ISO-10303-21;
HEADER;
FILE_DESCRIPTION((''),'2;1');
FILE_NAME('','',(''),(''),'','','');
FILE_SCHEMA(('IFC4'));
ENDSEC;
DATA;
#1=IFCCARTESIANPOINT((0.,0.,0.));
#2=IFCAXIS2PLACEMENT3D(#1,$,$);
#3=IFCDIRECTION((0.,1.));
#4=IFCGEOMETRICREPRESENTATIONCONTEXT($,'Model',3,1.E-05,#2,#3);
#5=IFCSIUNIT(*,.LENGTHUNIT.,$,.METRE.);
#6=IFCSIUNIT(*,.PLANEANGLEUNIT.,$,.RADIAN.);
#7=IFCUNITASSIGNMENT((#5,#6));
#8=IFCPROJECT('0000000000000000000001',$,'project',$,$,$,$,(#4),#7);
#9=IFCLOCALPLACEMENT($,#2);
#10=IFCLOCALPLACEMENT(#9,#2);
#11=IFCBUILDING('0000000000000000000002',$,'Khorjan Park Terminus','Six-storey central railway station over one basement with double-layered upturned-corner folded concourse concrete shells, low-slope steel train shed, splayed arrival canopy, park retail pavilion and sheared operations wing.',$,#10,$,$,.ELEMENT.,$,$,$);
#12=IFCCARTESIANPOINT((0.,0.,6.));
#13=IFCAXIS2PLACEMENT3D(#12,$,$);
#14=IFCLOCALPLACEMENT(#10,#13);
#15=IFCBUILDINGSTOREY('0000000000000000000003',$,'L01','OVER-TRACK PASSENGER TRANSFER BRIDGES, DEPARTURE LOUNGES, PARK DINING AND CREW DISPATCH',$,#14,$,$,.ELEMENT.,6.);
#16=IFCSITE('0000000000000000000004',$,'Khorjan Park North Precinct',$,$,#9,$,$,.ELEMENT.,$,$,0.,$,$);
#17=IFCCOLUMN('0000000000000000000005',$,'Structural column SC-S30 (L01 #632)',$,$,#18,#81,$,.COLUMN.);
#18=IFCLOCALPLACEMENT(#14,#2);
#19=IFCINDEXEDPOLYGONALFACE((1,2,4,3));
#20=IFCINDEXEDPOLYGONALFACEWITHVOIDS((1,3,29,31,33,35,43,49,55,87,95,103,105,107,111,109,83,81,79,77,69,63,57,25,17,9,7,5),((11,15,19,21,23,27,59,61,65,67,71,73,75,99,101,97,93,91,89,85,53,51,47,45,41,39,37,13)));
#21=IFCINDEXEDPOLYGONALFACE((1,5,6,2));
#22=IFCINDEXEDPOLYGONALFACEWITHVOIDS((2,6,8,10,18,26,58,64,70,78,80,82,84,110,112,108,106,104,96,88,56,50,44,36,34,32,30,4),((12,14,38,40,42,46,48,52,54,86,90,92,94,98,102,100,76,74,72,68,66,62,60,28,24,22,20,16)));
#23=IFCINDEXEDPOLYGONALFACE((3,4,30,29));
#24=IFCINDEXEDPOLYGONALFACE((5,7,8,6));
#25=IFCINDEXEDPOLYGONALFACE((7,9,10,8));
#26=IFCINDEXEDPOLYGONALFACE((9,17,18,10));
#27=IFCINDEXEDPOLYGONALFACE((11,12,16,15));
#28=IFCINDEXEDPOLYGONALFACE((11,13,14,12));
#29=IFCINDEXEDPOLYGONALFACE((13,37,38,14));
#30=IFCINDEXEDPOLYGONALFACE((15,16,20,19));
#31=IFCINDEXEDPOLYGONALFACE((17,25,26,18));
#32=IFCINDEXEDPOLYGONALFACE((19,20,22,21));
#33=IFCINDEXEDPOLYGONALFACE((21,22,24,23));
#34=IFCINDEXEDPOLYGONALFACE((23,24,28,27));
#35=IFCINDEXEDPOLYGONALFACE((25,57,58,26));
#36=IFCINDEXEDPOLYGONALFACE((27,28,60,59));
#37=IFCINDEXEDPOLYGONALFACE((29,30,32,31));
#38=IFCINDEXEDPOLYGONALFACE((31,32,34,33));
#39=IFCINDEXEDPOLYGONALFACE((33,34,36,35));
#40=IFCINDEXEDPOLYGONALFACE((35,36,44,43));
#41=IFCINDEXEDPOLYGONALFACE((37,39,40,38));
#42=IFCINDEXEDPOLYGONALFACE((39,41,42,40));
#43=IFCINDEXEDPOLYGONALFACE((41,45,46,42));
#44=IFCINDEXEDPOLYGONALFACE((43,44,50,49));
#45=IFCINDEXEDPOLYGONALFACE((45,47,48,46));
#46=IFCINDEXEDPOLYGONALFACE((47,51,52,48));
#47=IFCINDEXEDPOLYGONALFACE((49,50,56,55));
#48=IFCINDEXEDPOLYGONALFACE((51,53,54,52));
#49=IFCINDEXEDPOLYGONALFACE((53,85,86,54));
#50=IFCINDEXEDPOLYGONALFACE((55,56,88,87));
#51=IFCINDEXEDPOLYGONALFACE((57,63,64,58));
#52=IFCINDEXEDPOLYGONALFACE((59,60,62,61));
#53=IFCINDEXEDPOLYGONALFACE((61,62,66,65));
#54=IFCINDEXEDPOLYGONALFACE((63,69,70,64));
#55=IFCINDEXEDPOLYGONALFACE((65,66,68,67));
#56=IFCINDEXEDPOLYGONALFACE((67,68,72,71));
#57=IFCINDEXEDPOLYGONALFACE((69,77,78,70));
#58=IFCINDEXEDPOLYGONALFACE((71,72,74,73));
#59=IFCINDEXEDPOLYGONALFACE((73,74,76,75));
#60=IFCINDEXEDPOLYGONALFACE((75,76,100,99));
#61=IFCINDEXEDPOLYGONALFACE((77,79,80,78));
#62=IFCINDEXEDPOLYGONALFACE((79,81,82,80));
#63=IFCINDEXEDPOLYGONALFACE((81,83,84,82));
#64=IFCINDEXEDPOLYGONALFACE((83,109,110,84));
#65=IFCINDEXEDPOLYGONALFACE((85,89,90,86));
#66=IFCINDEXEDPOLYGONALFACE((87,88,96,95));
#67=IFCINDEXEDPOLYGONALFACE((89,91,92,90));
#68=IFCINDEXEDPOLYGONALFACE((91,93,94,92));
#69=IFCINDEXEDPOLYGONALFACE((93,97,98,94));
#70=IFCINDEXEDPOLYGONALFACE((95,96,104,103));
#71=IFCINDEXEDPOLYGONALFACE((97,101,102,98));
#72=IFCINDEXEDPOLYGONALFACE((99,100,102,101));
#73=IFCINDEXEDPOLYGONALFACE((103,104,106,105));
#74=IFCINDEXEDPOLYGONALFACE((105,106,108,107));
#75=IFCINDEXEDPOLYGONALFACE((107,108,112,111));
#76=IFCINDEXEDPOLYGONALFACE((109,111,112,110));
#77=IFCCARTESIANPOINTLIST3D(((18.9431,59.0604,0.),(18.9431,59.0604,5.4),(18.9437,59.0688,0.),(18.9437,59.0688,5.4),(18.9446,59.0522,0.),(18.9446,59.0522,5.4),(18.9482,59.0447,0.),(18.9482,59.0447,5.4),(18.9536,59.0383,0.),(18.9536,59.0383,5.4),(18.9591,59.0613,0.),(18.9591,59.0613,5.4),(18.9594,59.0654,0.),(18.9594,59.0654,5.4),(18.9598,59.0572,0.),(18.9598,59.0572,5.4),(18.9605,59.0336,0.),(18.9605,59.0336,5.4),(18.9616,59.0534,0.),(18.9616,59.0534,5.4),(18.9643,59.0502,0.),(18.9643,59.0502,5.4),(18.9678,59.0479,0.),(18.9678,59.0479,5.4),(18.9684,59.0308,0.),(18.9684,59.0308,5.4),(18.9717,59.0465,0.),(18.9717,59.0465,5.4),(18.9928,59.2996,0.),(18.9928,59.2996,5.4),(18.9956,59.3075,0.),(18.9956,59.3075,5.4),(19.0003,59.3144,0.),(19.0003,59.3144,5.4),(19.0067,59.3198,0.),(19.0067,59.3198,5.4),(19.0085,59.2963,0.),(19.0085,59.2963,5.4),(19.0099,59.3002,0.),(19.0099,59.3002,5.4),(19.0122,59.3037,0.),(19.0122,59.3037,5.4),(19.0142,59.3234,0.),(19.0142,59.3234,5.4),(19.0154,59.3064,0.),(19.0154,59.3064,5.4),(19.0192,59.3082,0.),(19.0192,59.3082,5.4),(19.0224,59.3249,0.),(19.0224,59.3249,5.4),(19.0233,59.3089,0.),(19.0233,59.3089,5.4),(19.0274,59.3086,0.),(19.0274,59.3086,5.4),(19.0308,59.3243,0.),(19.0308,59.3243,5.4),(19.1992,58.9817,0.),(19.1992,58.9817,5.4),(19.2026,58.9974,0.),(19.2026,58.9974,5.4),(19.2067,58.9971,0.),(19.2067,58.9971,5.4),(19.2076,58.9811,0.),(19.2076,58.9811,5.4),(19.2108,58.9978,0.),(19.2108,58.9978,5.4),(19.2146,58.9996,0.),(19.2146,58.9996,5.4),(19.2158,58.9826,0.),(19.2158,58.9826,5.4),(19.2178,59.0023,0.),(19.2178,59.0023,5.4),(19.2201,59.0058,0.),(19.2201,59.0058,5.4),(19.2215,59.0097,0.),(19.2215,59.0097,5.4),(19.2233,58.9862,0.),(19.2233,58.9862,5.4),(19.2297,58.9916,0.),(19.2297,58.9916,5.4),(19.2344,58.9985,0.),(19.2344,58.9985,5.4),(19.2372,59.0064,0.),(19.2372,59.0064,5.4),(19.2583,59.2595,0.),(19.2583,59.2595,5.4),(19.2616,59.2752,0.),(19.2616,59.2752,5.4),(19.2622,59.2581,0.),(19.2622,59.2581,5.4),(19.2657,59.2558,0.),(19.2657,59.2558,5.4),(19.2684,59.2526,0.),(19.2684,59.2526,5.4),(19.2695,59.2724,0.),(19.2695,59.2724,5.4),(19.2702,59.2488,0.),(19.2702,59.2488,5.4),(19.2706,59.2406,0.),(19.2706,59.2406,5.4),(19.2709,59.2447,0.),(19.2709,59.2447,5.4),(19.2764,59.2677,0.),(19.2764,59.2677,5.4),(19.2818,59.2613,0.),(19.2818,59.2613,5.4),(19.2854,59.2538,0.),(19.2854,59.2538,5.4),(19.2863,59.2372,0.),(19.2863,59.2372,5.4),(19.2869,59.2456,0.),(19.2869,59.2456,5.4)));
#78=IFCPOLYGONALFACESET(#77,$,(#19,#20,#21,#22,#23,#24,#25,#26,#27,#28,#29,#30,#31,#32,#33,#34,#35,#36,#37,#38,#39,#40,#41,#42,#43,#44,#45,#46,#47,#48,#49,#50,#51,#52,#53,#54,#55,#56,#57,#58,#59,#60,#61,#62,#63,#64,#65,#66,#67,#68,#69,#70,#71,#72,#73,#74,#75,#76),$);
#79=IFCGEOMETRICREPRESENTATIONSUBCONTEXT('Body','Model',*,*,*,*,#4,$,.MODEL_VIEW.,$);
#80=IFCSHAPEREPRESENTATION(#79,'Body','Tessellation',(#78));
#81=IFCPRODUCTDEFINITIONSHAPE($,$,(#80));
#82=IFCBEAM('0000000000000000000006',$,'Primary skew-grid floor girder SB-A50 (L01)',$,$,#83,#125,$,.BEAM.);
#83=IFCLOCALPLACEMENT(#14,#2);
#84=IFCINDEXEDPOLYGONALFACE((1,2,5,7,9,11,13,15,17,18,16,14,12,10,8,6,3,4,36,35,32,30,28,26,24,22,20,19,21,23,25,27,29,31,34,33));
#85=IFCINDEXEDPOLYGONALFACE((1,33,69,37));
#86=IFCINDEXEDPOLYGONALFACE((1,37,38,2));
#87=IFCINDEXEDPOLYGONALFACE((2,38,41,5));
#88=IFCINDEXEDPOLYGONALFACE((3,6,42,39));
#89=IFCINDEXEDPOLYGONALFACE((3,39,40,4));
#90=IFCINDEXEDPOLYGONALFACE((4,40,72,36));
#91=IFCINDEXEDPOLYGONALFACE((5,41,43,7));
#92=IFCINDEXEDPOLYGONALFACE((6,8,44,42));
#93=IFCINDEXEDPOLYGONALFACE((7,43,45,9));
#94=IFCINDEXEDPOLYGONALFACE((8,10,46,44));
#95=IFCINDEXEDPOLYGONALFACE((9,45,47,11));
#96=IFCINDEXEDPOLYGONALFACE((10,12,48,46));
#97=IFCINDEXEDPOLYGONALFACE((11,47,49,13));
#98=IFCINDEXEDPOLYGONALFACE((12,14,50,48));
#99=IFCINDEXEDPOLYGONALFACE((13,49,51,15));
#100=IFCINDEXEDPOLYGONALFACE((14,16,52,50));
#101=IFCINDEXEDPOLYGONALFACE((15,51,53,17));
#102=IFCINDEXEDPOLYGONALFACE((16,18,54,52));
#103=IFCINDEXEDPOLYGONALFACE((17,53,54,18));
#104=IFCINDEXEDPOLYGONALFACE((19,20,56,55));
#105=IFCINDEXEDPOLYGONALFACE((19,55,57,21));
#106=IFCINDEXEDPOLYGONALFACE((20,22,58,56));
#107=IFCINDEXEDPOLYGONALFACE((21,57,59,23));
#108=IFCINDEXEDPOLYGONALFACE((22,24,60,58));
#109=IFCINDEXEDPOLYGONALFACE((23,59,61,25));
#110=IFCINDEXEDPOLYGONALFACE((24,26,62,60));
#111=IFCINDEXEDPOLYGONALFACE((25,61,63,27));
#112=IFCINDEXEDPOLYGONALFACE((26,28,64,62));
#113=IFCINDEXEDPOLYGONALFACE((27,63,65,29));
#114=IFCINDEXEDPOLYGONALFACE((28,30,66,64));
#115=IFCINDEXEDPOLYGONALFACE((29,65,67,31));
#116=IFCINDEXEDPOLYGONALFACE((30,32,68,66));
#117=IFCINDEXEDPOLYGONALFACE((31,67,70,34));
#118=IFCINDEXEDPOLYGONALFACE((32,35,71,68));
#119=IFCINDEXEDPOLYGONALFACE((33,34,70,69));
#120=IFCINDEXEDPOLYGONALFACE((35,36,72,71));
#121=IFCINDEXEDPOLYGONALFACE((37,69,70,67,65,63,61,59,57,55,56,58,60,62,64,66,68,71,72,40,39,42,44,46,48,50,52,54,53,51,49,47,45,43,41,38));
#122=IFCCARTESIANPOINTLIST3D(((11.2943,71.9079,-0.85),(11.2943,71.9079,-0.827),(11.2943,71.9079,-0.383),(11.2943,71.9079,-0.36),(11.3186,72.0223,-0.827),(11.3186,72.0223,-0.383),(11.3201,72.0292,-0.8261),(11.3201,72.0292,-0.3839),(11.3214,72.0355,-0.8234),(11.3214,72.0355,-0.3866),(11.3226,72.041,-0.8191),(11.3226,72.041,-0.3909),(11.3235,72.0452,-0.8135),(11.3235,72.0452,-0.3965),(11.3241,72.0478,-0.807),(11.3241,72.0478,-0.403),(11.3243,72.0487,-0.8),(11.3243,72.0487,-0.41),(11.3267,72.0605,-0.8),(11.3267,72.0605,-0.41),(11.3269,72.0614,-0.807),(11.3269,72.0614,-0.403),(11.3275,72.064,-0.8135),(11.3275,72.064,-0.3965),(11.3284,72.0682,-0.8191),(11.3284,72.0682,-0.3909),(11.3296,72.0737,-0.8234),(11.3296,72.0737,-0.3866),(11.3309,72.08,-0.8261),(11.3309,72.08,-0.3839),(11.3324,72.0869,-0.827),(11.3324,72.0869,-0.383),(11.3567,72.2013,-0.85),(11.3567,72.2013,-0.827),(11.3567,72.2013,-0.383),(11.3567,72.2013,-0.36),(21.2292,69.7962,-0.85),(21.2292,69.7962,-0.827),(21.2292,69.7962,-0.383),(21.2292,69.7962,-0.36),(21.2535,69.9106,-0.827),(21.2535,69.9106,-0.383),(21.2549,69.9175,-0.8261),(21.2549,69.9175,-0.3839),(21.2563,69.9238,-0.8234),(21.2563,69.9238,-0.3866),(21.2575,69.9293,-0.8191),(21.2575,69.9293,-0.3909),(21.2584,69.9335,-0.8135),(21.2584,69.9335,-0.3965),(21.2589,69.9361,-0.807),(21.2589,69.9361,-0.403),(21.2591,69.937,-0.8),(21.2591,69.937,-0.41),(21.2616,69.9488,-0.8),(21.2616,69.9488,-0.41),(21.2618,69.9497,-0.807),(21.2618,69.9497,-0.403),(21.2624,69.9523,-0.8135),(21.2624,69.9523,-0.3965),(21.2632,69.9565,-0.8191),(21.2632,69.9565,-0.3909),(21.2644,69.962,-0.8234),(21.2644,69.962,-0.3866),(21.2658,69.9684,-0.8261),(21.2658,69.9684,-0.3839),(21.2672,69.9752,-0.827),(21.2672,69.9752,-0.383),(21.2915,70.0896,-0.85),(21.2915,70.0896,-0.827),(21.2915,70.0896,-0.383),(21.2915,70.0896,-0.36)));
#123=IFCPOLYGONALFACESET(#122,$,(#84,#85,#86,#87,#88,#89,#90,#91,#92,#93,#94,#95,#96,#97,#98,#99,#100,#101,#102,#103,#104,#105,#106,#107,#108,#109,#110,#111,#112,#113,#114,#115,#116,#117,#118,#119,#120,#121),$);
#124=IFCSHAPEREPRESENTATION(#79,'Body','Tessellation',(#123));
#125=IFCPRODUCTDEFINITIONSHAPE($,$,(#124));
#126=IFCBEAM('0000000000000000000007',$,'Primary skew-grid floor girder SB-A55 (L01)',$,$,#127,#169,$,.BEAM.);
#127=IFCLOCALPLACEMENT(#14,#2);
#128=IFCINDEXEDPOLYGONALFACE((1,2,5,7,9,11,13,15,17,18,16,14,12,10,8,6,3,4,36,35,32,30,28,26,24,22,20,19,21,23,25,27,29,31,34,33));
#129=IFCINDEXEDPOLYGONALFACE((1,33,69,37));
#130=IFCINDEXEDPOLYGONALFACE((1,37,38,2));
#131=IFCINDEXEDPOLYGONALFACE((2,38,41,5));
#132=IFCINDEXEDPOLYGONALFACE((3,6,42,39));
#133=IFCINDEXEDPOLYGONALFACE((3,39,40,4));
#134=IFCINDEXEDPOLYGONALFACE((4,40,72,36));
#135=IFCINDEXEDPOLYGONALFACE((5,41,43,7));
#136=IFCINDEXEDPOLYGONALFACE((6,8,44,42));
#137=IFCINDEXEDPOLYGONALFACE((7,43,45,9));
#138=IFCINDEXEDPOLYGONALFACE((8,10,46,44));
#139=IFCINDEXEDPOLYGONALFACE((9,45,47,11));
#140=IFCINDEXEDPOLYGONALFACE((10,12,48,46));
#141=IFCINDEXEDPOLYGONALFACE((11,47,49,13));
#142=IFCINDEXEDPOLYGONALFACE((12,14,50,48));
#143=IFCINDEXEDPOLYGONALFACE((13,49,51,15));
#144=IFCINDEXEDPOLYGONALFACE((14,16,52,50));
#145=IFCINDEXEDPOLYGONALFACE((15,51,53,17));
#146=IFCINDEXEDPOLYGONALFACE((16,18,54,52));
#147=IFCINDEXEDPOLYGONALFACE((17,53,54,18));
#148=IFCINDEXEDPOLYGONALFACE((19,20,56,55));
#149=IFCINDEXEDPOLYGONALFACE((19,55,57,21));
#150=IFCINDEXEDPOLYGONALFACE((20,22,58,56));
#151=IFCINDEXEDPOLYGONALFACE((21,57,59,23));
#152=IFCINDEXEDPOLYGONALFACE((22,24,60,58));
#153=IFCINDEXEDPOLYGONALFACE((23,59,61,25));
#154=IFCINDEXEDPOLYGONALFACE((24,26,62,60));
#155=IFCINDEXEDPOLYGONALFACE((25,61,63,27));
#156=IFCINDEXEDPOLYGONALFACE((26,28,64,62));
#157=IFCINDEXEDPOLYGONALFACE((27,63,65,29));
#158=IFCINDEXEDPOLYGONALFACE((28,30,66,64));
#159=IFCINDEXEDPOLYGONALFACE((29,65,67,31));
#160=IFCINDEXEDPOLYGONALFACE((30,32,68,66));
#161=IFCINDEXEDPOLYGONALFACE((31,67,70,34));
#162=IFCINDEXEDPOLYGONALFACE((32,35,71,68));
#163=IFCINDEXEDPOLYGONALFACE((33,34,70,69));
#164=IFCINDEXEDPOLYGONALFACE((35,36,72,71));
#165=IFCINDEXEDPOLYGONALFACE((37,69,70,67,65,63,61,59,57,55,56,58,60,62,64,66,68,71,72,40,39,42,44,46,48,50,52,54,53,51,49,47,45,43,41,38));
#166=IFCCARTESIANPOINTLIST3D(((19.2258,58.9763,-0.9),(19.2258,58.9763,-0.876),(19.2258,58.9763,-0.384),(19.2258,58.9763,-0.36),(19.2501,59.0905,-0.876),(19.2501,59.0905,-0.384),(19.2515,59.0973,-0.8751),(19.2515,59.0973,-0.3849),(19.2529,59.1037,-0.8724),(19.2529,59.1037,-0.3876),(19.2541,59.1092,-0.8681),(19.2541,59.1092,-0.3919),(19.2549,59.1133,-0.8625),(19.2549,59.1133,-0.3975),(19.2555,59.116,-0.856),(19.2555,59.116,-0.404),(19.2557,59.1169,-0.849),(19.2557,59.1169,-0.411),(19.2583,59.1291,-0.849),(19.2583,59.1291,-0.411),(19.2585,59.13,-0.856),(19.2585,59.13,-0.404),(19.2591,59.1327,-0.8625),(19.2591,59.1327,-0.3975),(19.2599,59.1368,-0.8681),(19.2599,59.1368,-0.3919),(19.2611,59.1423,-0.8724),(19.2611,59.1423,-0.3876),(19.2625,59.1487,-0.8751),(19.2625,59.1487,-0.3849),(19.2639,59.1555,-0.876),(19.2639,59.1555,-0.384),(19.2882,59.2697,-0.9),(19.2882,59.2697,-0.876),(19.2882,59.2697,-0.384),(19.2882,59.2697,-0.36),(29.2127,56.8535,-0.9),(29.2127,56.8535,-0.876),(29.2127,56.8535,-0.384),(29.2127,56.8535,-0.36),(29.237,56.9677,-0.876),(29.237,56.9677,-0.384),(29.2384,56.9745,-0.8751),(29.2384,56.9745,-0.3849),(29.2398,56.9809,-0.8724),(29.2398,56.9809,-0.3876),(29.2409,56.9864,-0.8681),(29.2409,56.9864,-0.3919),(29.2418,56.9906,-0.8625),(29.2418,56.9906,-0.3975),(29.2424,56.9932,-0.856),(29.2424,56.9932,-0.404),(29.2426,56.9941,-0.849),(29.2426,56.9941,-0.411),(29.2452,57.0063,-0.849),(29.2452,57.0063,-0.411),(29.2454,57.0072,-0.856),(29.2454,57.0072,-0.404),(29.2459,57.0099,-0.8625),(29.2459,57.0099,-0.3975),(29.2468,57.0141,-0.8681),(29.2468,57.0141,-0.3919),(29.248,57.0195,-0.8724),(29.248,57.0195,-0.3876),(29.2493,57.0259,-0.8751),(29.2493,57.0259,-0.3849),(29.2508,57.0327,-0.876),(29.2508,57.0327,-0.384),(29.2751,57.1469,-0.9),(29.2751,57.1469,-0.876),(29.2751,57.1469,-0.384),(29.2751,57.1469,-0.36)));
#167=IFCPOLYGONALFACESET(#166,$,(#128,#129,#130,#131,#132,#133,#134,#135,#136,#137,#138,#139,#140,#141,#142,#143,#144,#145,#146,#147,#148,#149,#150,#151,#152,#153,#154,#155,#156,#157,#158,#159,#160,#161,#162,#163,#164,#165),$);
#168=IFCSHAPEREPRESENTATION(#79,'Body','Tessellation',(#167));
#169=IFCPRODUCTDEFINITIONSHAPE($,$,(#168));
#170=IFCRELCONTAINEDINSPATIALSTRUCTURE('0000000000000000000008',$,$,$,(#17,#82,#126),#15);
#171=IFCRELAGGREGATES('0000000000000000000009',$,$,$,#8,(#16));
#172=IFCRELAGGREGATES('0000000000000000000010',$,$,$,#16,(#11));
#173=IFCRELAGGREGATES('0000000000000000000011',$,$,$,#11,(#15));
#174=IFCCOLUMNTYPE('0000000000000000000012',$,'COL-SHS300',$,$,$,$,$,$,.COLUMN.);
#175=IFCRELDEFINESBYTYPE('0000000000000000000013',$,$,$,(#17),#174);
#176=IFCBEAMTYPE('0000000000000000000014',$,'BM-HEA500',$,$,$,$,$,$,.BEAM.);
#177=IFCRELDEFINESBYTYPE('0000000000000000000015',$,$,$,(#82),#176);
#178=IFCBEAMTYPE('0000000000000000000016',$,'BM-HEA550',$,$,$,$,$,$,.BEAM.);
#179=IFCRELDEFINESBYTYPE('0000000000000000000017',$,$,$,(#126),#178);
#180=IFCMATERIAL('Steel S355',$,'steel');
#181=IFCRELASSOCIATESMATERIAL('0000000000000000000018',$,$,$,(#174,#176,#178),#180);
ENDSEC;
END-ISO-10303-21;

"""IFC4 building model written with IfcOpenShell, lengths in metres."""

from ifc_helpers import new_model, si_unit, direction, frame, origin, origin_2d, place, context, subcontext, project, spatial, hollow_rectangle, i_section, extrude, material, material_profile, profile_set, type_object, element, save


model = new_model("IFC4")

# Units and contexts
model_context = context("Model", 3, precision=1e-05, world=origin(), true_north=direction((0.0, 1.0)))
body_context = subcontext(model_context, "Body", "Model", "MODEL_VIEW")
ifc_project = project(units=[si_unit("LENGTHUNIT", "METRE"), si_unit("PLANEANGLEUNIT", "RADIAN")], contexts=[model_context])

# Site, building, storey
site_placement = place(None, origin())
site = spatial("IfcSite", under=ifc_project, at=site_placement, Name="Khorjan Park North Precinct", CompositionType="ELEMENT", RefElevation=0.0)
building_placement = place(site_placement, origin())
building = spatial("IfcBuilding", under=site, at=building_placement, Name="Khorjan Park Terminus", Description="Six-storey central railway station over one basement with double-layered upturned-corner folded concourse concrete shells, low-slope steel train shed, splayed arrival canopy, park retail pavilion and sheared operations wing.", CompositionType="ELEMENT")
storey_placement = place(building_placement, frame((0.0, 0.0, 6.0)))
storey = spatial("IfcBuildingStorey", under=building, at=storey_placement, Name="L01", Description="OVER-TRACK PASSENGER TRANSFER BRIDGES, DEPARTURE LOUNGES, PARK DINING AND CREW DISPATCH", CompositionType="ELEMENT", Elevation=6.0)

# Column
ifc_material_1 = material(Name="Steel S355", Category="steel")
ifc_material_profile_1 = material_profile(ifc_material_1, hollow_rectangle(XDim=0.3, YDim=0.3, WallThickness=0.016, InnerFilletRadius=0.016, OuterFilletRadius=0.032, at=origin_2d()), Name="SHS 300x300x16")
ifc_profile_set_1 = profile_set([ifc_material_profile_1], Name="Steel S355")
column_type_1 = type_object("IfcColumnType", Name="COL-SHS300", PredefinedType="COLUMN", material=ifc_profile_set_1)
column_placement = place(storey_placement, frame((19.115, 59.153, 0.0), z_axis=(0.0, 0.0, 1.0), x_axis=(0.978148, -0.207912, 0.0)))
element("IfcColumn", 1, at=column_placement, inside=storey, type_object=column_type_1, Name="Structural column SC-S30 (L01 #632)", PredefinedType="COLUMN", context=body_context, shape_type="SweptSolid", body=[
    extrude(hollow_rectangle(XDim=0.3, YDim=0.3, WallThickness=0.016, InnerFilletRadius=0.016, OuterFilletRadius=0.032, at=origin_2d()), origin(), (0.0, 0.0, 1.0), 5.4),
])

# Beams
ifc_material_profile_2 = material_profile(ifc_material_1, i_section(OverallWidth=0.3, OverallDepth=0.49, WebThickness=0.012, FlangeThickness=0.023, FilletRadius=0.027, at=origin_2d()), Name="HEA 500")
ifc_profile_set_2 = profile_set([ifc_material_profile_2], Name="Steel S355")
beam_type_1 = type_object("IfcBeamType", Name="BM-HEA500", PredefinedType="BEAM", material=ifc_profile_set_2)
beam_1_placement = place(storey_placement, frame((11.3255, 72.0546, -0.605), z_axis=(0.978148, -0.207909, 0.0), x_axis=(0.207909, 0.978148, 0.0)))
element("IfcBeam", 2, at=beam_1_placement, inside=storey, type_object=beam_type_1, Name="Primary skew-grid floor girder SB-A50 (L01)", PredefinedType="BEAM", context=body_context, shape_type="SweptSolid", body=[
    extrude(i_section(OverallWidth=0.3, OverallDepth=0.49, WebThickness=0.012, FlangeThickness=0.023, FilletRadius=0.027, at=origin_2d()), origin(), (0.0, 0.0, 1.0), 10.1568),
])
ifc_material_profile_3 = material_profile(ifc_material_1, i_section(OverallWidth=0.3, OverallDepth=0.54, WebThickness=0.0125, FlangeThickness=0.024, FilletRadius=0.027, at=origin_2d()), Name="HEA 550")
ifc_profile_set_3 = profile_set([ifc_material_profile_3], Name="Steel S355")
beam_type_2 = type_object("IfcBeamType", Name="BM-HEA550", PredefinedType="BEAM", material=ifc_profile_set_3)
beam_2_placement = place(storey_placement, frame((19.257, 59.123, -0.63), z_axis=(0.978147, -0.207913, 0.0), x_axis=(0.207913, 0.978147, 0.0)))
element("IfcBeam", 3, at=beam_2_placement, inside=storey, type_object=beam_type_2, Name="Primary skew-grid floor girder SB-A55 (L01)", PredefinedType="BEAM", context=body_context, shape_type="SweptSolid", body=[
    extrude(i_section(OverallWidth=0.3, OverallDepth=0.54, WebThickness=0.0125, FlangeThickness=0.024, FilletRadius=0.027, at=origin_2d()), origin(), (0.0, 0.0, 1.0), 10.21),
])

save(model, "model.ifc")
